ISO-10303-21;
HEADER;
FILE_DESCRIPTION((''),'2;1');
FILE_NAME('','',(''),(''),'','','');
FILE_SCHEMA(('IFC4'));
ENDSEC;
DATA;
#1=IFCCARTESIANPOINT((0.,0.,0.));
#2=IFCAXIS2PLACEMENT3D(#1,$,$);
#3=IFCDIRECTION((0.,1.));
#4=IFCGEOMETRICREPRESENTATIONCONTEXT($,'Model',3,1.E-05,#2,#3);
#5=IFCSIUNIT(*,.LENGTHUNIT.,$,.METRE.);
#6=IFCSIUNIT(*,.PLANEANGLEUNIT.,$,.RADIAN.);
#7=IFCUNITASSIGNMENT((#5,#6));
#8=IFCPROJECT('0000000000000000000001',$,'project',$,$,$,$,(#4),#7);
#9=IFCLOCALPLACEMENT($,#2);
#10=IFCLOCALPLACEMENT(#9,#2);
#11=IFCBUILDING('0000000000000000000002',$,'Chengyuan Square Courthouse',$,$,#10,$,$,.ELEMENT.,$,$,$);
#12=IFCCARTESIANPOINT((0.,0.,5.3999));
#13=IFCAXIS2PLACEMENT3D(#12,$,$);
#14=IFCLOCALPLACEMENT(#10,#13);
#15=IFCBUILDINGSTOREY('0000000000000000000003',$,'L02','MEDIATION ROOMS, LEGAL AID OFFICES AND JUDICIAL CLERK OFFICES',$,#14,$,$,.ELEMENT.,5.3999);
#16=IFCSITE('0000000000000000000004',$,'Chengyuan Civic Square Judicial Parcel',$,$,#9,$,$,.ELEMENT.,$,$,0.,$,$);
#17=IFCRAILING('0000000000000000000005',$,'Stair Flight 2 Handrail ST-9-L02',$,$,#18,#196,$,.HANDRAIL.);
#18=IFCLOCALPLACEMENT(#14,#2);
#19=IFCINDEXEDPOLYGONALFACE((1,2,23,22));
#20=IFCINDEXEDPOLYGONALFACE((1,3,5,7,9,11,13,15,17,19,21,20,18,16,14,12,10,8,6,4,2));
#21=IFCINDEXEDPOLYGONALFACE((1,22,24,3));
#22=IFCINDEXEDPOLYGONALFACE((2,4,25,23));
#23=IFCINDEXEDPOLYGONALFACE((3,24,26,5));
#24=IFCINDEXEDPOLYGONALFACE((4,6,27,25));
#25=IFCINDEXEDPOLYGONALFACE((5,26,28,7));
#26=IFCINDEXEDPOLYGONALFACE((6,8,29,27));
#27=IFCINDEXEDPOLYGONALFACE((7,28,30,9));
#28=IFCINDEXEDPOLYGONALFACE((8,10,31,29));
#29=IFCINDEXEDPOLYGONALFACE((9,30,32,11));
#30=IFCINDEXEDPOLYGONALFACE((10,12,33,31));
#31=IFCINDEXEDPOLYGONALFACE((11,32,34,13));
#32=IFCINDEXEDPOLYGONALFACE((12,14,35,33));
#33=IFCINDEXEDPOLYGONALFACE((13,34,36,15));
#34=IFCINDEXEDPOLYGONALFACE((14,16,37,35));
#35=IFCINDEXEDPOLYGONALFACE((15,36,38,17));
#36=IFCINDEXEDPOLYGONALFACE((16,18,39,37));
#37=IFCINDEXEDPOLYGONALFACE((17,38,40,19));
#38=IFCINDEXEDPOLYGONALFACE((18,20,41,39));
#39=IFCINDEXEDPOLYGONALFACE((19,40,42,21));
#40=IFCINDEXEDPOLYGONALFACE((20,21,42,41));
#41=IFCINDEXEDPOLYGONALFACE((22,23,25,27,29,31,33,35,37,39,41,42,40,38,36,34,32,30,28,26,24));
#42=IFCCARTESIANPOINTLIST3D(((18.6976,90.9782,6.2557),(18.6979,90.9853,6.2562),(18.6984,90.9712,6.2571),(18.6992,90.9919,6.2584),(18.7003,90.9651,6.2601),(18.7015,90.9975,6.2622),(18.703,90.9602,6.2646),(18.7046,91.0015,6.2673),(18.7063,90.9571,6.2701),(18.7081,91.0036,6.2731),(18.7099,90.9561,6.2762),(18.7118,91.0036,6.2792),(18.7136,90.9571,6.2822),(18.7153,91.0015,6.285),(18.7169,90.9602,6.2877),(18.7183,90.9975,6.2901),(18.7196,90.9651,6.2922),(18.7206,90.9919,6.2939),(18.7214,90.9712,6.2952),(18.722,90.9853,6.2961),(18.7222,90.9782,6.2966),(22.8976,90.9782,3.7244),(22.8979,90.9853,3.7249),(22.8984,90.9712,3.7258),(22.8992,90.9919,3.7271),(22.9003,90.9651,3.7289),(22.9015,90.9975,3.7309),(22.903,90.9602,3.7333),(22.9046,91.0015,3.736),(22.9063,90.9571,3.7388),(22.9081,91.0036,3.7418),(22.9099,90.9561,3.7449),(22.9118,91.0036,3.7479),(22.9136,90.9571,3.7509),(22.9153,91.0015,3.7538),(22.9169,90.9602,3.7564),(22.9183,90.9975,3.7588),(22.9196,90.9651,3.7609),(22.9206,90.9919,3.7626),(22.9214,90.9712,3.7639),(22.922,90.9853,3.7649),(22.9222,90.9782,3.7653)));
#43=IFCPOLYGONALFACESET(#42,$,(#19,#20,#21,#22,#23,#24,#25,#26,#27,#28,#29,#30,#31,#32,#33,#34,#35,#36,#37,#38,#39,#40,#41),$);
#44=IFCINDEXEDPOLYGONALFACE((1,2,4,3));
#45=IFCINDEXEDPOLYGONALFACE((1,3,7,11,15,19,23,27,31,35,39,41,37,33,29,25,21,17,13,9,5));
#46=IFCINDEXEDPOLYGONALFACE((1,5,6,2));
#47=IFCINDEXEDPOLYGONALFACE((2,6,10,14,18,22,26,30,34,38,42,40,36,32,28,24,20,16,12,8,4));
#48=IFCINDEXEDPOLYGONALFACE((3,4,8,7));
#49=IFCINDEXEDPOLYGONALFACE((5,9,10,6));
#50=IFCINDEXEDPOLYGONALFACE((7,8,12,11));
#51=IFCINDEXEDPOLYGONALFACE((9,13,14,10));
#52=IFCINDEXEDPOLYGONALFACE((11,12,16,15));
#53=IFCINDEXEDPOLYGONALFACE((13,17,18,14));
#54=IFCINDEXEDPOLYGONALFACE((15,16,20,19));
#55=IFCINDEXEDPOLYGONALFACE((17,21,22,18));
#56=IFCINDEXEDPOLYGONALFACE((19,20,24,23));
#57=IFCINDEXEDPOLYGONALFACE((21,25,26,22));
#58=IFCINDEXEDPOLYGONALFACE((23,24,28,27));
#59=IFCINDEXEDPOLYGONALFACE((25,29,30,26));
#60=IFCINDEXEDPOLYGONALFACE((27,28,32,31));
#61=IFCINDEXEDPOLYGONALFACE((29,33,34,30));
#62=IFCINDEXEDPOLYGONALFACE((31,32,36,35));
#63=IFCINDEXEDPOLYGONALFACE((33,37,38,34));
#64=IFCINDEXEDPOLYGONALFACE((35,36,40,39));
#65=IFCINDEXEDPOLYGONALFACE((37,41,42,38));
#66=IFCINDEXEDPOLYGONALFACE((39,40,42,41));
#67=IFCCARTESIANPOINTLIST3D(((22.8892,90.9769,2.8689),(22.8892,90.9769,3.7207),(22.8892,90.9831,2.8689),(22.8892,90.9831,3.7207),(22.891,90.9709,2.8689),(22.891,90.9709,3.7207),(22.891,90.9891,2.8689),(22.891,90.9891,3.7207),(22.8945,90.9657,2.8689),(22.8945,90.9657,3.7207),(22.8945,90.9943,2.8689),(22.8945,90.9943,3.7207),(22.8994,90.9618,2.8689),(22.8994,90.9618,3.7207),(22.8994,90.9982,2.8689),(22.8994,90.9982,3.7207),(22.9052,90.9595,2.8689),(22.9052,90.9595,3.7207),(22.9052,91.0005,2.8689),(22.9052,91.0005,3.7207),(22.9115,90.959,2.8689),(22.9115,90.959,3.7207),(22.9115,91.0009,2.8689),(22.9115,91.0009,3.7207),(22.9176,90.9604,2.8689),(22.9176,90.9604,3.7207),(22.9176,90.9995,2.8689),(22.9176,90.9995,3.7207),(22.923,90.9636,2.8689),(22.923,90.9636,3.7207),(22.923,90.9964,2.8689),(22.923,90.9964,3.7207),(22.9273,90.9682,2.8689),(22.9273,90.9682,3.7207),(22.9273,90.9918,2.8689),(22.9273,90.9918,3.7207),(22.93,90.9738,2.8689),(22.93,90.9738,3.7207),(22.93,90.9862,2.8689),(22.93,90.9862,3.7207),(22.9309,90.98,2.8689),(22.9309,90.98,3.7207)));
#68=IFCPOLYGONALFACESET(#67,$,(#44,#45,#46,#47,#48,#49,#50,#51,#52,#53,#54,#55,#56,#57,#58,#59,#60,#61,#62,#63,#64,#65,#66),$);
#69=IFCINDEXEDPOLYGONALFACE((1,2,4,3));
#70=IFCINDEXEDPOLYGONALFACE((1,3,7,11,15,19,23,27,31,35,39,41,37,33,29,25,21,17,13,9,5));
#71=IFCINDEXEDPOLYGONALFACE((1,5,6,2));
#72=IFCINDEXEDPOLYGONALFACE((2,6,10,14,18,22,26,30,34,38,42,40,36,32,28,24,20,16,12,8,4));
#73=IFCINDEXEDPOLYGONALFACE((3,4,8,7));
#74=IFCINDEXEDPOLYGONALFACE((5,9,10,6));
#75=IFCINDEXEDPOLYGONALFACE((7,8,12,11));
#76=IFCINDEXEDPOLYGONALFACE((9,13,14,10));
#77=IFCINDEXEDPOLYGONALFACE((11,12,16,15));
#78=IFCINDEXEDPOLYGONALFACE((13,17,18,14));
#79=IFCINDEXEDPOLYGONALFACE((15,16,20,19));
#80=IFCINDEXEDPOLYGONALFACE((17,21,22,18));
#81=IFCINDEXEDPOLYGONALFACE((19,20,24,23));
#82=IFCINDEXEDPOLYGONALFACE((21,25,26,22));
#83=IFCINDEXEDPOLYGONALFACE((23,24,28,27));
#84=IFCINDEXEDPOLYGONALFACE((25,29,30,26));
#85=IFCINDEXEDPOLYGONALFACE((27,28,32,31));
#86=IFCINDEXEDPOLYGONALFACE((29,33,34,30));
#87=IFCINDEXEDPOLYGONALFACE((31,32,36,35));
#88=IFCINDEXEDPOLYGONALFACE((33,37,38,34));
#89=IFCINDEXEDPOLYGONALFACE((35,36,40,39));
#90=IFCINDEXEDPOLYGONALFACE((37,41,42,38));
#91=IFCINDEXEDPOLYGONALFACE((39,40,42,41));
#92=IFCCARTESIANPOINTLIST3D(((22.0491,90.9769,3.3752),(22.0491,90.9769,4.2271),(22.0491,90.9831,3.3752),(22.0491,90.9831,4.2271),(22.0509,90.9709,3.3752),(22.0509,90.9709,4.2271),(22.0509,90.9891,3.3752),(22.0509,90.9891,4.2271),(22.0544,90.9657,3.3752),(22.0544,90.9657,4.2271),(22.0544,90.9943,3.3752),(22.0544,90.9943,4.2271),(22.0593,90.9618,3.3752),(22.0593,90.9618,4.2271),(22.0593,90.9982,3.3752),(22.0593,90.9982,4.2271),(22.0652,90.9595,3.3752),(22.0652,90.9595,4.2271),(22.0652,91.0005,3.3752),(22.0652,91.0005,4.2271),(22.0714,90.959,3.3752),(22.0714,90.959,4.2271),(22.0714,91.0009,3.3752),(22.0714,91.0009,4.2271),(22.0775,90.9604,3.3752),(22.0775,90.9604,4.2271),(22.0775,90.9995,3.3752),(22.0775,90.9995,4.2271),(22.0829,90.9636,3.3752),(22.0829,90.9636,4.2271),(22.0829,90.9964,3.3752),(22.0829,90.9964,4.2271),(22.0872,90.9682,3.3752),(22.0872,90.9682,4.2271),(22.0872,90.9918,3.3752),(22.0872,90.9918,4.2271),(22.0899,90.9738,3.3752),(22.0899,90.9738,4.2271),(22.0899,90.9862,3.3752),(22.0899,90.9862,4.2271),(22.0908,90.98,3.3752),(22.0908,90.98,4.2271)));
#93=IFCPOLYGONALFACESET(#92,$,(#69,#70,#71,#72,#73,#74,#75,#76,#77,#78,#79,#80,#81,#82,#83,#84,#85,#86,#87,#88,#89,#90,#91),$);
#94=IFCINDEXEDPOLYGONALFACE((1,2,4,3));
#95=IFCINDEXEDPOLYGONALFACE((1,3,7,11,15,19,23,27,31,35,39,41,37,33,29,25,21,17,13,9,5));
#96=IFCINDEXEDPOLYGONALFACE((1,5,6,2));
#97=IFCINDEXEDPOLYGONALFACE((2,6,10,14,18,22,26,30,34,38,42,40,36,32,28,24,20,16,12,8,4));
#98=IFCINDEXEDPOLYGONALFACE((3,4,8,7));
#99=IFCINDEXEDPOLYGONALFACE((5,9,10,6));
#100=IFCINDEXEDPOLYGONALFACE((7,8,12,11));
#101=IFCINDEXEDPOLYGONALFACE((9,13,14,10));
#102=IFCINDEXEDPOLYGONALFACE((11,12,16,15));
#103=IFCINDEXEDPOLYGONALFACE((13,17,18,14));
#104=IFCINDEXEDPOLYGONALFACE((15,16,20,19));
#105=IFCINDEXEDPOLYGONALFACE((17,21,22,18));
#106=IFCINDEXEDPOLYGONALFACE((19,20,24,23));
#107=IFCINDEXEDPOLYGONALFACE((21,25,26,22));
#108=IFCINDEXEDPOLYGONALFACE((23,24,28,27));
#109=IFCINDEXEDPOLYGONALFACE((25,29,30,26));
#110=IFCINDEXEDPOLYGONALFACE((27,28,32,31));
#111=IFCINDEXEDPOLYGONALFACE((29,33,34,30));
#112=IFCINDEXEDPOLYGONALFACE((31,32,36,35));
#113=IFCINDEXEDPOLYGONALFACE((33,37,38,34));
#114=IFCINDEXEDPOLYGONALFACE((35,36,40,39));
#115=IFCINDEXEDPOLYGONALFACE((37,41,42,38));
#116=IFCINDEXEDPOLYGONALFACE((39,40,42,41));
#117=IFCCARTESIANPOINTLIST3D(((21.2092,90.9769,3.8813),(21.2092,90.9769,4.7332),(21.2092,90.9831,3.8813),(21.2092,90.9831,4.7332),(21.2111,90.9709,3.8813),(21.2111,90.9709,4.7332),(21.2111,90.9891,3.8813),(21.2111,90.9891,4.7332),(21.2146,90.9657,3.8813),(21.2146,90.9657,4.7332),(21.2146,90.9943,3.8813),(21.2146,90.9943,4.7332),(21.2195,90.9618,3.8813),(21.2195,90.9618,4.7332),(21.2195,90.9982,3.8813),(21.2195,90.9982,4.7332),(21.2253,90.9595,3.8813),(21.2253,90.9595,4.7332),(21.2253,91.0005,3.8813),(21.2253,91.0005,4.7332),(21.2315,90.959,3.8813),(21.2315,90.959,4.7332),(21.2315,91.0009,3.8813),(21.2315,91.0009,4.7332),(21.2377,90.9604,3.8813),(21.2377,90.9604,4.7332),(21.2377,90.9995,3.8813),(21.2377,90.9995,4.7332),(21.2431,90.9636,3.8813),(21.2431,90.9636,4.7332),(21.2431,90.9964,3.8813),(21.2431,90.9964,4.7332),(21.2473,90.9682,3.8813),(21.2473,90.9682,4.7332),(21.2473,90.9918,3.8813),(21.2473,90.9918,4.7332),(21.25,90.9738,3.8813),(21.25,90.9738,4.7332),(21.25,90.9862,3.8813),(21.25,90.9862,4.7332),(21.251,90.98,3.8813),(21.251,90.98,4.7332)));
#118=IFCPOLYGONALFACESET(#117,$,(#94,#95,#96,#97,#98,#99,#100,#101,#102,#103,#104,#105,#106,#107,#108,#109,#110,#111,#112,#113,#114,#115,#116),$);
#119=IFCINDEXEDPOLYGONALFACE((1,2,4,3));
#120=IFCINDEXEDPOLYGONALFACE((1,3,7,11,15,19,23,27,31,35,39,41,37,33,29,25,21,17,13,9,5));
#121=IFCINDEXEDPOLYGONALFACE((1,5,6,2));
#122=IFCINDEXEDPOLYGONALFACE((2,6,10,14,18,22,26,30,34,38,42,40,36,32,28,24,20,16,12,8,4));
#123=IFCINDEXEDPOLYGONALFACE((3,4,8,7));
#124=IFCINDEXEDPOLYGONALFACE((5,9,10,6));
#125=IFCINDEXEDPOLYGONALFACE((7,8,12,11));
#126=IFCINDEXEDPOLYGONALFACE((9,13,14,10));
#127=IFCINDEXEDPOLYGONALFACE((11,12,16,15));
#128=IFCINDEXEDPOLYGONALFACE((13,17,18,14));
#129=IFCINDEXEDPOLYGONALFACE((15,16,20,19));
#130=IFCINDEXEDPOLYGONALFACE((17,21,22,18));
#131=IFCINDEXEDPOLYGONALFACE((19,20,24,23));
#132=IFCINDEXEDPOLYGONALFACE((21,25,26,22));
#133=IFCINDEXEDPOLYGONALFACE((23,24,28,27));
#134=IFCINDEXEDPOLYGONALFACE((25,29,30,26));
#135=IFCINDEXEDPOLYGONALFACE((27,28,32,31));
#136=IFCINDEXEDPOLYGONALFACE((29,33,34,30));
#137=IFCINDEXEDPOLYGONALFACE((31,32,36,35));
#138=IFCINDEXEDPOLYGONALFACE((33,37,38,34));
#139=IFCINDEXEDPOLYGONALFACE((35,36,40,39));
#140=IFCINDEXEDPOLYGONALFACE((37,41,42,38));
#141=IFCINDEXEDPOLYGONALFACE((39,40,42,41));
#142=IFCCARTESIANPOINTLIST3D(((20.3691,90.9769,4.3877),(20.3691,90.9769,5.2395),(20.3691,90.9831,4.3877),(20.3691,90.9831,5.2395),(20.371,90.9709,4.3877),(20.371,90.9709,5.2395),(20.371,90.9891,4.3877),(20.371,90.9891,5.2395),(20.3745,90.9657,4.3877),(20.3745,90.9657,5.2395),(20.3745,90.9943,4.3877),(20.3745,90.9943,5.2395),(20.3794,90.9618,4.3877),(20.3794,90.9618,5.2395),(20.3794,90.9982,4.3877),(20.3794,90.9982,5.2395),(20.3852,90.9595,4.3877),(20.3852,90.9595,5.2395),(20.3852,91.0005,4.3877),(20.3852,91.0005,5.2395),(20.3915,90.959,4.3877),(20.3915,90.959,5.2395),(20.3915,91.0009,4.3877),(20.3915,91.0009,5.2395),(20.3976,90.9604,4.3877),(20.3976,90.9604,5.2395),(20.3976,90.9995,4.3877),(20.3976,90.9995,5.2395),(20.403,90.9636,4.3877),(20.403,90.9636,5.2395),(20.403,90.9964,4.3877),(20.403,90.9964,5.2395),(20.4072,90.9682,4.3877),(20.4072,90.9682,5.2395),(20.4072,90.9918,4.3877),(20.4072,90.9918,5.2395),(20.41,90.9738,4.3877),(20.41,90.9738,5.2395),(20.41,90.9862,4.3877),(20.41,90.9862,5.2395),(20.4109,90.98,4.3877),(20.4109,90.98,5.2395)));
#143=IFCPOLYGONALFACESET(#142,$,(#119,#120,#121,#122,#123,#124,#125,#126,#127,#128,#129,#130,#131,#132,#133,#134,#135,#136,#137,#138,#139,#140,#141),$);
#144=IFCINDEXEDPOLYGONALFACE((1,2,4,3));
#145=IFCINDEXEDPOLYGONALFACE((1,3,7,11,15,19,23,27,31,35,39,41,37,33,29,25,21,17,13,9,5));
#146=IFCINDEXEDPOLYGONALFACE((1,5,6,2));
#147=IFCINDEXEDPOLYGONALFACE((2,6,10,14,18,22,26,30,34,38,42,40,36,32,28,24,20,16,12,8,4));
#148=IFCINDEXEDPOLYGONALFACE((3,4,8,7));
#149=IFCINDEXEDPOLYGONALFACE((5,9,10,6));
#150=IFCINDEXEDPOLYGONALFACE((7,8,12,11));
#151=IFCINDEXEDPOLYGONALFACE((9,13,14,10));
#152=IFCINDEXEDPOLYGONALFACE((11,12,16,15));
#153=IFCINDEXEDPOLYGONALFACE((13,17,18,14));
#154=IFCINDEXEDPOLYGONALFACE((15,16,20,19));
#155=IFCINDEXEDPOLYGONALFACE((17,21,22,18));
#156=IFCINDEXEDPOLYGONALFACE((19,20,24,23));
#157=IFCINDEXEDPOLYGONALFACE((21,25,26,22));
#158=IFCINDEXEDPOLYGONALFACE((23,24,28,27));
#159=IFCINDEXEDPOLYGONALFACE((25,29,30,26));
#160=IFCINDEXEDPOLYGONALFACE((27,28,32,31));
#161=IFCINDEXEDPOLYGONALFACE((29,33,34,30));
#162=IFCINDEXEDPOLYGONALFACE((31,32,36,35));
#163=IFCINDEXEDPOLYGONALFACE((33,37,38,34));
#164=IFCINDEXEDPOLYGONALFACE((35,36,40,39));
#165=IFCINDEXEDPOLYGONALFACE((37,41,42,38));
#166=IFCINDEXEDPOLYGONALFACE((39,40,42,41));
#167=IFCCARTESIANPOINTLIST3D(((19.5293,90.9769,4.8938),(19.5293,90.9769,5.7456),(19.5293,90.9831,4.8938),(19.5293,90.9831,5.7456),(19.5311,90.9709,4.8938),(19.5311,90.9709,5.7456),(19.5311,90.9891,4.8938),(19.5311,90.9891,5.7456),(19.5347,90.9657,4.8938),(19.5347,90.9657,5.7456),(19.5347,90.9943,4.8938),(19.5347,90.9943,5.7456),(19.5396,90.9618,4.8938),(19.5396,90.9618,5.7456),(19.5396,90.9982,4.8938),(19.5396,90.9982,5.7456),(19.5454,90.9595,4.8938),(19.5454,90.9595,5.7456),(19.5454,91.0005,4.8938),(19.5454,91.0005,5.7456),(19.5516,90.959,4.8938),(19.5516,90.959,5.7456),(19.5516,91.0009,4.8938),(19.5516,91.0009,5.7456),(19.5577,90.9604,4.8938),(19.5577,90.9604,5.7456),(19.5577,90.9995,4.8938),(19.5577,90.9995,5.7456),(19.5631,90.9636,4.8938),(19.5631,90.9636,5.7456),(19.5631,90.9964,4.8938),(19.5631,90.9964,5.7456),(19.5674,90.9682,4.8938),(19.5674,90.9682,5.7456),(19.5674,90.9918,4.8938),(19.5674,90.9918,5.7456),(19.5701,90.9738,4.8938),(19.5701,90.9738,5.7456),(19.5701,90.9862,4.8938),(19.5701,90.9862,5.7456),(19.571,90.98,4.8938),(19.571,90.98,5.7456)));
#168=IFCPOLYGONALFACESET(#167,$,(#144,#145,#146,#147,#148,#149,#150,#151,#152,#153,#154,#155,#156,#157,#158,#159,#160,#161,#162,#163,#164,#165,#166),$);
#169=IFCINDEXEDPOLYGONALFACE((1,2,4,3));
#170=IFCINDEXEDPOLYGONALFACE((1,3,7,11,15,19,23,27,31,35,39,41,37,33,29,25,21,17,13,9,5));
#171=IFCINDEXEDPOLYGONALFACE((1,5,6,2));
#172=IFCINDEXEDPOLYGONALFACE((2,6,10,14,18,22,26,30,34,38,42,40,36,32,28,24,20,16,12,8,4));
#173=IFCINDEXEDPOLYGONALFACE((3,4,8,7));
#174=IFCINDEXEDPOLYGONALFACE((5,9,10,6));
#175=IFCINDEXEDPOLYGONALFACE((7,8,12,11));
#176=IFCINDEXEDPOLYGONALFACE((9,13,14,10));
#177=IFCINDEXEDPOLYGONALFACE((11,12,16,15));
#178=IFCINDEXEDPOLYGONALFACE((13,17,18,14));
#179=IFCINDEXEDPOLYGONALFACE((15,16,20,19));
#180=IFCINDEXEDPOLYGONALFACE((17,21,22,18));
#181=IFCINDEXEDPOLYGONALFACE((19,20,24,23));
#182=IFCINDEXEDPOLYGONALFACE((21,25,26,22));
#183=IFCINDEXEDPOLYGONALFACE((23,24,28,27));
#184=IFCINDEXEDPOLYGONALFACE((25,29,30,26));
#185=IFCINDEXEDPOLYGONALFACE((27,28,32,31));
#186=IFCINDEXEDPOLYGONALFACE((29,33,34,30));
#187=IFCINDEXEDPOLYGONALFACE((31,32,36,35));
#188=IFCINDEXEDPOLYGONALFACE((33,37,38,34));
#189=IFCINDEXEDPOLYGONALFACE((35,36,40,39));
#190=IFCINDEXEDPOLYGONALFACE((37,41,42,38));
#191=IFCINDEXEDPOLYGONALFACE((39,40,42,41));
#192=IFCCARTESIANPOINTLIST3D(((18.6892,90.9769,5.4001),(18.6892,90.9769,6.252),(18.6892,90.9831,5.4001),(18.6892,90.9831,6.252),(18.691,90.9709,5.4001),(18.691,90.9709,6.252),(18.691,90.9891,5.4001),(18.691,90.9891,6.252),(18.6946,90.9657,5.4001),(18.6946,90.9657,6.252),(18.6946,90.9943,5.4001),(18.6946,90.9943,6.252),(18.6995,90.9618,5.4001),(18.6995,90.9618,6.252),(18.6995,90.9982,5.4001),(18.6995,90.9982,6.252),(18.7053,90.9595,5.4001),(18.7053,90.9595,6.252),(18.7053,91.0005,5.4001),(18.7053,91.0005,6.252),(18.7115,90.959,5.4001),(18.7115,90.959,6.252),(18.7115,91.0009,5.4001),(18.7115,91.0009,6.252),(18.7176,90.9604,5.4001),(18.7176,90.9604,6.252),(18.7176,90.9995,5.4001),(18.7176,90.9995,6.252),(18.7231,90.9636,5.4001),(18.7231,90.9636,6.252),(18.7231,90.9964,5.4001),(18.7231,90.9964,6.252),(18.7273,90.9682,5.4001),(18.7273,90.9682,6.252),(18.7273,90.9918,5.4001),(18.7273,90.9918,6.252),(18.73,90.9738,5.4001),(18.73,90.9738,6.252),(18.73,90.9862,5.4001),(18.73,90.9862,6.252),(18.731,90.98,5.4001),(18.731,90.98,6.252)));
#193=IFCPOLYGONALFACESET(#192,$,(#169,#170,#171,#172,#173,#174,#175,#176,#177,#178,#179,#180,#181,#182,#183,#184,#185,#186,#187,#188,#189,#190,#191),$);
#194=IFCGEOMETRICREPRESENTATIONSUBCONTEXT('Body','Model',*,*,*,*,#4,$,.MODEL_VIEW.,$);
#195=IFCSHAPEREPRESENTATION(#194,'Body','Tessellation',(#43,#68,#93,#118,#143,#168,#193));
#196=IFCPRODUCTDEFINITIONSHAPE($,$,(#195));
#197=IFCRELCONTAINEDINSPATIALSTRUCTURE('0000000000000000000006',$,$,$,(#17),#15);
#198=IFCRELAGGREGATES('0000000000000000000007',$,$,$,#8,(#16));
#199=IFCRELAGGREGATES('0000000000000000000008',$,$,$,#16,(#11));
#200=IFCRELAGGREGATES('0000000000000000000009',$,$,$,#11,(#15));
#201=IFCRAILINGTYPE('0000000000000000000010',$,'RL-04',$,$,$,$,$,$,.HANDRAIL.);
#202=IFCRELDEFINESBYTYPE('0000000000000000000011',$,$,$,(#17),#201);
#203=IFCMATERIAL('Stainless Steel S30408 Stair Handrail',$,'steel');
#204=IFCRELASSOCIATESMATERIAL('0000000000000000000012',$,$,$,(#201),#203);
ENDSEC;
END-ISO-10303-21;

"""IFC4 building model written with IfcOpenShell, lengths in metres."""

from ifc_helpers import new_model, si_unit, direction, frame, origin, origin_2d, place, context, subcontext, project, spatial, circle, extrude, material, type_object, element, save


model = new_model("IFC4")

# Units and contexts
model_context = context("Model", 3, precision=1e-05, world=origin(), true_north=direction((0.0, 1.0)))
body_context = subcontext(model_context, "Body", "Model", "MODEL_VIEW")
ifc_project = project(units=[si_unit("LENGTHUNIT", "METRE"), si_unit("PLANEANGLEUNIT", "RADIAN")], contexts=[model_context])

# Site, building, storey
site_placement = place(None, origin())
site = spatial("IfcSite", under=ifc_project, at=site_placement, Name="Chengyuan Civic Square Judicial Parcel", CompositionType="ELEMENT", RefElevation=0.0)
building_placement = place(site_placement, origin())
building = spatial("IfcBuilding", under=site, at=building_placement, Name="Chengyuan Square Courthouse", CompositionType="ELEMENT")
storey_placement = place(building_placement, frame((0.0, 0.0, 5.3999)))
storey = spatial("IfcBuildingStorey", under=building, at=storey_placement, Name="L02", Description="MEDIATION ROOMS, LEGAL AID OFFICES AND JUDICIAL CLERK OFFICES", CompositionType="ELEMENT", Elevation=5.3999)

# Railing
ifc_material_1 = material(Name="Stainless Steel S30408 Stair Handrail", Category="steel")
railing_type_1 = type_object("IfcRailingType", Name="RL-04", PredefinedType="HANDRAIL", material=ifc_material_1)
railing_1_placement = place(storey_placement, frame((22.9099, 90.98, 2.8689)))
element("IfcRailing", 1, at=railing_1_placement, inside=storey, type_object=railing_type_1, Name="Stair Flight 2 Handrail ST-9-L02", PredefinedType="HANDRAIL", context=body_context, shape_type="SweptSolid", body=[
    extrude(circle(Radius=0.0239, at=origin_2d()), frame((0.0, 0.0, 0.876), z_axis=(-0.856476, 0.0, 0.516186), x_axis=(0.0, -1.0, 0.0)), (0.0, 0.0, 1.0), 4.9038),
    extrude(circle(Radius=0.021, at=origin_2d()), origin(), (0.0, 0.0, 1.0), 0.8518),
    extrude(circle(Radius=0.021, at=origin_2d()), frame((-0.8401, 0.0, 0.5063)), (0.0, 0.0, 1.0), 0.8518),
    extrude(circle(Radius=0.021, at=origin_2d()), frame((-1.6799, 0.0, 1.0125)), (0.0, 0.0, 1.0), 0.8518),
    extrude(circle(Radius=0.021, at=origin_2d()), frame((-2.52, 0.0, 1.5188)), (0.0, 0.0, 1.0), 0.8518),
    extrude(circle(Radius=0.021, at=origin_2d()), frame((-3.3599, 0.0, 2.0249)), (0.0, 0.0, 1.0), 0.8518),
    extrude(circle(Radius=0.021, at=origin_2d()), frame((-4.2, 0.0, 2.5312)), (0.0, 0.0, 1.0), 0.8518),
])

save(model, "model.ifc")
